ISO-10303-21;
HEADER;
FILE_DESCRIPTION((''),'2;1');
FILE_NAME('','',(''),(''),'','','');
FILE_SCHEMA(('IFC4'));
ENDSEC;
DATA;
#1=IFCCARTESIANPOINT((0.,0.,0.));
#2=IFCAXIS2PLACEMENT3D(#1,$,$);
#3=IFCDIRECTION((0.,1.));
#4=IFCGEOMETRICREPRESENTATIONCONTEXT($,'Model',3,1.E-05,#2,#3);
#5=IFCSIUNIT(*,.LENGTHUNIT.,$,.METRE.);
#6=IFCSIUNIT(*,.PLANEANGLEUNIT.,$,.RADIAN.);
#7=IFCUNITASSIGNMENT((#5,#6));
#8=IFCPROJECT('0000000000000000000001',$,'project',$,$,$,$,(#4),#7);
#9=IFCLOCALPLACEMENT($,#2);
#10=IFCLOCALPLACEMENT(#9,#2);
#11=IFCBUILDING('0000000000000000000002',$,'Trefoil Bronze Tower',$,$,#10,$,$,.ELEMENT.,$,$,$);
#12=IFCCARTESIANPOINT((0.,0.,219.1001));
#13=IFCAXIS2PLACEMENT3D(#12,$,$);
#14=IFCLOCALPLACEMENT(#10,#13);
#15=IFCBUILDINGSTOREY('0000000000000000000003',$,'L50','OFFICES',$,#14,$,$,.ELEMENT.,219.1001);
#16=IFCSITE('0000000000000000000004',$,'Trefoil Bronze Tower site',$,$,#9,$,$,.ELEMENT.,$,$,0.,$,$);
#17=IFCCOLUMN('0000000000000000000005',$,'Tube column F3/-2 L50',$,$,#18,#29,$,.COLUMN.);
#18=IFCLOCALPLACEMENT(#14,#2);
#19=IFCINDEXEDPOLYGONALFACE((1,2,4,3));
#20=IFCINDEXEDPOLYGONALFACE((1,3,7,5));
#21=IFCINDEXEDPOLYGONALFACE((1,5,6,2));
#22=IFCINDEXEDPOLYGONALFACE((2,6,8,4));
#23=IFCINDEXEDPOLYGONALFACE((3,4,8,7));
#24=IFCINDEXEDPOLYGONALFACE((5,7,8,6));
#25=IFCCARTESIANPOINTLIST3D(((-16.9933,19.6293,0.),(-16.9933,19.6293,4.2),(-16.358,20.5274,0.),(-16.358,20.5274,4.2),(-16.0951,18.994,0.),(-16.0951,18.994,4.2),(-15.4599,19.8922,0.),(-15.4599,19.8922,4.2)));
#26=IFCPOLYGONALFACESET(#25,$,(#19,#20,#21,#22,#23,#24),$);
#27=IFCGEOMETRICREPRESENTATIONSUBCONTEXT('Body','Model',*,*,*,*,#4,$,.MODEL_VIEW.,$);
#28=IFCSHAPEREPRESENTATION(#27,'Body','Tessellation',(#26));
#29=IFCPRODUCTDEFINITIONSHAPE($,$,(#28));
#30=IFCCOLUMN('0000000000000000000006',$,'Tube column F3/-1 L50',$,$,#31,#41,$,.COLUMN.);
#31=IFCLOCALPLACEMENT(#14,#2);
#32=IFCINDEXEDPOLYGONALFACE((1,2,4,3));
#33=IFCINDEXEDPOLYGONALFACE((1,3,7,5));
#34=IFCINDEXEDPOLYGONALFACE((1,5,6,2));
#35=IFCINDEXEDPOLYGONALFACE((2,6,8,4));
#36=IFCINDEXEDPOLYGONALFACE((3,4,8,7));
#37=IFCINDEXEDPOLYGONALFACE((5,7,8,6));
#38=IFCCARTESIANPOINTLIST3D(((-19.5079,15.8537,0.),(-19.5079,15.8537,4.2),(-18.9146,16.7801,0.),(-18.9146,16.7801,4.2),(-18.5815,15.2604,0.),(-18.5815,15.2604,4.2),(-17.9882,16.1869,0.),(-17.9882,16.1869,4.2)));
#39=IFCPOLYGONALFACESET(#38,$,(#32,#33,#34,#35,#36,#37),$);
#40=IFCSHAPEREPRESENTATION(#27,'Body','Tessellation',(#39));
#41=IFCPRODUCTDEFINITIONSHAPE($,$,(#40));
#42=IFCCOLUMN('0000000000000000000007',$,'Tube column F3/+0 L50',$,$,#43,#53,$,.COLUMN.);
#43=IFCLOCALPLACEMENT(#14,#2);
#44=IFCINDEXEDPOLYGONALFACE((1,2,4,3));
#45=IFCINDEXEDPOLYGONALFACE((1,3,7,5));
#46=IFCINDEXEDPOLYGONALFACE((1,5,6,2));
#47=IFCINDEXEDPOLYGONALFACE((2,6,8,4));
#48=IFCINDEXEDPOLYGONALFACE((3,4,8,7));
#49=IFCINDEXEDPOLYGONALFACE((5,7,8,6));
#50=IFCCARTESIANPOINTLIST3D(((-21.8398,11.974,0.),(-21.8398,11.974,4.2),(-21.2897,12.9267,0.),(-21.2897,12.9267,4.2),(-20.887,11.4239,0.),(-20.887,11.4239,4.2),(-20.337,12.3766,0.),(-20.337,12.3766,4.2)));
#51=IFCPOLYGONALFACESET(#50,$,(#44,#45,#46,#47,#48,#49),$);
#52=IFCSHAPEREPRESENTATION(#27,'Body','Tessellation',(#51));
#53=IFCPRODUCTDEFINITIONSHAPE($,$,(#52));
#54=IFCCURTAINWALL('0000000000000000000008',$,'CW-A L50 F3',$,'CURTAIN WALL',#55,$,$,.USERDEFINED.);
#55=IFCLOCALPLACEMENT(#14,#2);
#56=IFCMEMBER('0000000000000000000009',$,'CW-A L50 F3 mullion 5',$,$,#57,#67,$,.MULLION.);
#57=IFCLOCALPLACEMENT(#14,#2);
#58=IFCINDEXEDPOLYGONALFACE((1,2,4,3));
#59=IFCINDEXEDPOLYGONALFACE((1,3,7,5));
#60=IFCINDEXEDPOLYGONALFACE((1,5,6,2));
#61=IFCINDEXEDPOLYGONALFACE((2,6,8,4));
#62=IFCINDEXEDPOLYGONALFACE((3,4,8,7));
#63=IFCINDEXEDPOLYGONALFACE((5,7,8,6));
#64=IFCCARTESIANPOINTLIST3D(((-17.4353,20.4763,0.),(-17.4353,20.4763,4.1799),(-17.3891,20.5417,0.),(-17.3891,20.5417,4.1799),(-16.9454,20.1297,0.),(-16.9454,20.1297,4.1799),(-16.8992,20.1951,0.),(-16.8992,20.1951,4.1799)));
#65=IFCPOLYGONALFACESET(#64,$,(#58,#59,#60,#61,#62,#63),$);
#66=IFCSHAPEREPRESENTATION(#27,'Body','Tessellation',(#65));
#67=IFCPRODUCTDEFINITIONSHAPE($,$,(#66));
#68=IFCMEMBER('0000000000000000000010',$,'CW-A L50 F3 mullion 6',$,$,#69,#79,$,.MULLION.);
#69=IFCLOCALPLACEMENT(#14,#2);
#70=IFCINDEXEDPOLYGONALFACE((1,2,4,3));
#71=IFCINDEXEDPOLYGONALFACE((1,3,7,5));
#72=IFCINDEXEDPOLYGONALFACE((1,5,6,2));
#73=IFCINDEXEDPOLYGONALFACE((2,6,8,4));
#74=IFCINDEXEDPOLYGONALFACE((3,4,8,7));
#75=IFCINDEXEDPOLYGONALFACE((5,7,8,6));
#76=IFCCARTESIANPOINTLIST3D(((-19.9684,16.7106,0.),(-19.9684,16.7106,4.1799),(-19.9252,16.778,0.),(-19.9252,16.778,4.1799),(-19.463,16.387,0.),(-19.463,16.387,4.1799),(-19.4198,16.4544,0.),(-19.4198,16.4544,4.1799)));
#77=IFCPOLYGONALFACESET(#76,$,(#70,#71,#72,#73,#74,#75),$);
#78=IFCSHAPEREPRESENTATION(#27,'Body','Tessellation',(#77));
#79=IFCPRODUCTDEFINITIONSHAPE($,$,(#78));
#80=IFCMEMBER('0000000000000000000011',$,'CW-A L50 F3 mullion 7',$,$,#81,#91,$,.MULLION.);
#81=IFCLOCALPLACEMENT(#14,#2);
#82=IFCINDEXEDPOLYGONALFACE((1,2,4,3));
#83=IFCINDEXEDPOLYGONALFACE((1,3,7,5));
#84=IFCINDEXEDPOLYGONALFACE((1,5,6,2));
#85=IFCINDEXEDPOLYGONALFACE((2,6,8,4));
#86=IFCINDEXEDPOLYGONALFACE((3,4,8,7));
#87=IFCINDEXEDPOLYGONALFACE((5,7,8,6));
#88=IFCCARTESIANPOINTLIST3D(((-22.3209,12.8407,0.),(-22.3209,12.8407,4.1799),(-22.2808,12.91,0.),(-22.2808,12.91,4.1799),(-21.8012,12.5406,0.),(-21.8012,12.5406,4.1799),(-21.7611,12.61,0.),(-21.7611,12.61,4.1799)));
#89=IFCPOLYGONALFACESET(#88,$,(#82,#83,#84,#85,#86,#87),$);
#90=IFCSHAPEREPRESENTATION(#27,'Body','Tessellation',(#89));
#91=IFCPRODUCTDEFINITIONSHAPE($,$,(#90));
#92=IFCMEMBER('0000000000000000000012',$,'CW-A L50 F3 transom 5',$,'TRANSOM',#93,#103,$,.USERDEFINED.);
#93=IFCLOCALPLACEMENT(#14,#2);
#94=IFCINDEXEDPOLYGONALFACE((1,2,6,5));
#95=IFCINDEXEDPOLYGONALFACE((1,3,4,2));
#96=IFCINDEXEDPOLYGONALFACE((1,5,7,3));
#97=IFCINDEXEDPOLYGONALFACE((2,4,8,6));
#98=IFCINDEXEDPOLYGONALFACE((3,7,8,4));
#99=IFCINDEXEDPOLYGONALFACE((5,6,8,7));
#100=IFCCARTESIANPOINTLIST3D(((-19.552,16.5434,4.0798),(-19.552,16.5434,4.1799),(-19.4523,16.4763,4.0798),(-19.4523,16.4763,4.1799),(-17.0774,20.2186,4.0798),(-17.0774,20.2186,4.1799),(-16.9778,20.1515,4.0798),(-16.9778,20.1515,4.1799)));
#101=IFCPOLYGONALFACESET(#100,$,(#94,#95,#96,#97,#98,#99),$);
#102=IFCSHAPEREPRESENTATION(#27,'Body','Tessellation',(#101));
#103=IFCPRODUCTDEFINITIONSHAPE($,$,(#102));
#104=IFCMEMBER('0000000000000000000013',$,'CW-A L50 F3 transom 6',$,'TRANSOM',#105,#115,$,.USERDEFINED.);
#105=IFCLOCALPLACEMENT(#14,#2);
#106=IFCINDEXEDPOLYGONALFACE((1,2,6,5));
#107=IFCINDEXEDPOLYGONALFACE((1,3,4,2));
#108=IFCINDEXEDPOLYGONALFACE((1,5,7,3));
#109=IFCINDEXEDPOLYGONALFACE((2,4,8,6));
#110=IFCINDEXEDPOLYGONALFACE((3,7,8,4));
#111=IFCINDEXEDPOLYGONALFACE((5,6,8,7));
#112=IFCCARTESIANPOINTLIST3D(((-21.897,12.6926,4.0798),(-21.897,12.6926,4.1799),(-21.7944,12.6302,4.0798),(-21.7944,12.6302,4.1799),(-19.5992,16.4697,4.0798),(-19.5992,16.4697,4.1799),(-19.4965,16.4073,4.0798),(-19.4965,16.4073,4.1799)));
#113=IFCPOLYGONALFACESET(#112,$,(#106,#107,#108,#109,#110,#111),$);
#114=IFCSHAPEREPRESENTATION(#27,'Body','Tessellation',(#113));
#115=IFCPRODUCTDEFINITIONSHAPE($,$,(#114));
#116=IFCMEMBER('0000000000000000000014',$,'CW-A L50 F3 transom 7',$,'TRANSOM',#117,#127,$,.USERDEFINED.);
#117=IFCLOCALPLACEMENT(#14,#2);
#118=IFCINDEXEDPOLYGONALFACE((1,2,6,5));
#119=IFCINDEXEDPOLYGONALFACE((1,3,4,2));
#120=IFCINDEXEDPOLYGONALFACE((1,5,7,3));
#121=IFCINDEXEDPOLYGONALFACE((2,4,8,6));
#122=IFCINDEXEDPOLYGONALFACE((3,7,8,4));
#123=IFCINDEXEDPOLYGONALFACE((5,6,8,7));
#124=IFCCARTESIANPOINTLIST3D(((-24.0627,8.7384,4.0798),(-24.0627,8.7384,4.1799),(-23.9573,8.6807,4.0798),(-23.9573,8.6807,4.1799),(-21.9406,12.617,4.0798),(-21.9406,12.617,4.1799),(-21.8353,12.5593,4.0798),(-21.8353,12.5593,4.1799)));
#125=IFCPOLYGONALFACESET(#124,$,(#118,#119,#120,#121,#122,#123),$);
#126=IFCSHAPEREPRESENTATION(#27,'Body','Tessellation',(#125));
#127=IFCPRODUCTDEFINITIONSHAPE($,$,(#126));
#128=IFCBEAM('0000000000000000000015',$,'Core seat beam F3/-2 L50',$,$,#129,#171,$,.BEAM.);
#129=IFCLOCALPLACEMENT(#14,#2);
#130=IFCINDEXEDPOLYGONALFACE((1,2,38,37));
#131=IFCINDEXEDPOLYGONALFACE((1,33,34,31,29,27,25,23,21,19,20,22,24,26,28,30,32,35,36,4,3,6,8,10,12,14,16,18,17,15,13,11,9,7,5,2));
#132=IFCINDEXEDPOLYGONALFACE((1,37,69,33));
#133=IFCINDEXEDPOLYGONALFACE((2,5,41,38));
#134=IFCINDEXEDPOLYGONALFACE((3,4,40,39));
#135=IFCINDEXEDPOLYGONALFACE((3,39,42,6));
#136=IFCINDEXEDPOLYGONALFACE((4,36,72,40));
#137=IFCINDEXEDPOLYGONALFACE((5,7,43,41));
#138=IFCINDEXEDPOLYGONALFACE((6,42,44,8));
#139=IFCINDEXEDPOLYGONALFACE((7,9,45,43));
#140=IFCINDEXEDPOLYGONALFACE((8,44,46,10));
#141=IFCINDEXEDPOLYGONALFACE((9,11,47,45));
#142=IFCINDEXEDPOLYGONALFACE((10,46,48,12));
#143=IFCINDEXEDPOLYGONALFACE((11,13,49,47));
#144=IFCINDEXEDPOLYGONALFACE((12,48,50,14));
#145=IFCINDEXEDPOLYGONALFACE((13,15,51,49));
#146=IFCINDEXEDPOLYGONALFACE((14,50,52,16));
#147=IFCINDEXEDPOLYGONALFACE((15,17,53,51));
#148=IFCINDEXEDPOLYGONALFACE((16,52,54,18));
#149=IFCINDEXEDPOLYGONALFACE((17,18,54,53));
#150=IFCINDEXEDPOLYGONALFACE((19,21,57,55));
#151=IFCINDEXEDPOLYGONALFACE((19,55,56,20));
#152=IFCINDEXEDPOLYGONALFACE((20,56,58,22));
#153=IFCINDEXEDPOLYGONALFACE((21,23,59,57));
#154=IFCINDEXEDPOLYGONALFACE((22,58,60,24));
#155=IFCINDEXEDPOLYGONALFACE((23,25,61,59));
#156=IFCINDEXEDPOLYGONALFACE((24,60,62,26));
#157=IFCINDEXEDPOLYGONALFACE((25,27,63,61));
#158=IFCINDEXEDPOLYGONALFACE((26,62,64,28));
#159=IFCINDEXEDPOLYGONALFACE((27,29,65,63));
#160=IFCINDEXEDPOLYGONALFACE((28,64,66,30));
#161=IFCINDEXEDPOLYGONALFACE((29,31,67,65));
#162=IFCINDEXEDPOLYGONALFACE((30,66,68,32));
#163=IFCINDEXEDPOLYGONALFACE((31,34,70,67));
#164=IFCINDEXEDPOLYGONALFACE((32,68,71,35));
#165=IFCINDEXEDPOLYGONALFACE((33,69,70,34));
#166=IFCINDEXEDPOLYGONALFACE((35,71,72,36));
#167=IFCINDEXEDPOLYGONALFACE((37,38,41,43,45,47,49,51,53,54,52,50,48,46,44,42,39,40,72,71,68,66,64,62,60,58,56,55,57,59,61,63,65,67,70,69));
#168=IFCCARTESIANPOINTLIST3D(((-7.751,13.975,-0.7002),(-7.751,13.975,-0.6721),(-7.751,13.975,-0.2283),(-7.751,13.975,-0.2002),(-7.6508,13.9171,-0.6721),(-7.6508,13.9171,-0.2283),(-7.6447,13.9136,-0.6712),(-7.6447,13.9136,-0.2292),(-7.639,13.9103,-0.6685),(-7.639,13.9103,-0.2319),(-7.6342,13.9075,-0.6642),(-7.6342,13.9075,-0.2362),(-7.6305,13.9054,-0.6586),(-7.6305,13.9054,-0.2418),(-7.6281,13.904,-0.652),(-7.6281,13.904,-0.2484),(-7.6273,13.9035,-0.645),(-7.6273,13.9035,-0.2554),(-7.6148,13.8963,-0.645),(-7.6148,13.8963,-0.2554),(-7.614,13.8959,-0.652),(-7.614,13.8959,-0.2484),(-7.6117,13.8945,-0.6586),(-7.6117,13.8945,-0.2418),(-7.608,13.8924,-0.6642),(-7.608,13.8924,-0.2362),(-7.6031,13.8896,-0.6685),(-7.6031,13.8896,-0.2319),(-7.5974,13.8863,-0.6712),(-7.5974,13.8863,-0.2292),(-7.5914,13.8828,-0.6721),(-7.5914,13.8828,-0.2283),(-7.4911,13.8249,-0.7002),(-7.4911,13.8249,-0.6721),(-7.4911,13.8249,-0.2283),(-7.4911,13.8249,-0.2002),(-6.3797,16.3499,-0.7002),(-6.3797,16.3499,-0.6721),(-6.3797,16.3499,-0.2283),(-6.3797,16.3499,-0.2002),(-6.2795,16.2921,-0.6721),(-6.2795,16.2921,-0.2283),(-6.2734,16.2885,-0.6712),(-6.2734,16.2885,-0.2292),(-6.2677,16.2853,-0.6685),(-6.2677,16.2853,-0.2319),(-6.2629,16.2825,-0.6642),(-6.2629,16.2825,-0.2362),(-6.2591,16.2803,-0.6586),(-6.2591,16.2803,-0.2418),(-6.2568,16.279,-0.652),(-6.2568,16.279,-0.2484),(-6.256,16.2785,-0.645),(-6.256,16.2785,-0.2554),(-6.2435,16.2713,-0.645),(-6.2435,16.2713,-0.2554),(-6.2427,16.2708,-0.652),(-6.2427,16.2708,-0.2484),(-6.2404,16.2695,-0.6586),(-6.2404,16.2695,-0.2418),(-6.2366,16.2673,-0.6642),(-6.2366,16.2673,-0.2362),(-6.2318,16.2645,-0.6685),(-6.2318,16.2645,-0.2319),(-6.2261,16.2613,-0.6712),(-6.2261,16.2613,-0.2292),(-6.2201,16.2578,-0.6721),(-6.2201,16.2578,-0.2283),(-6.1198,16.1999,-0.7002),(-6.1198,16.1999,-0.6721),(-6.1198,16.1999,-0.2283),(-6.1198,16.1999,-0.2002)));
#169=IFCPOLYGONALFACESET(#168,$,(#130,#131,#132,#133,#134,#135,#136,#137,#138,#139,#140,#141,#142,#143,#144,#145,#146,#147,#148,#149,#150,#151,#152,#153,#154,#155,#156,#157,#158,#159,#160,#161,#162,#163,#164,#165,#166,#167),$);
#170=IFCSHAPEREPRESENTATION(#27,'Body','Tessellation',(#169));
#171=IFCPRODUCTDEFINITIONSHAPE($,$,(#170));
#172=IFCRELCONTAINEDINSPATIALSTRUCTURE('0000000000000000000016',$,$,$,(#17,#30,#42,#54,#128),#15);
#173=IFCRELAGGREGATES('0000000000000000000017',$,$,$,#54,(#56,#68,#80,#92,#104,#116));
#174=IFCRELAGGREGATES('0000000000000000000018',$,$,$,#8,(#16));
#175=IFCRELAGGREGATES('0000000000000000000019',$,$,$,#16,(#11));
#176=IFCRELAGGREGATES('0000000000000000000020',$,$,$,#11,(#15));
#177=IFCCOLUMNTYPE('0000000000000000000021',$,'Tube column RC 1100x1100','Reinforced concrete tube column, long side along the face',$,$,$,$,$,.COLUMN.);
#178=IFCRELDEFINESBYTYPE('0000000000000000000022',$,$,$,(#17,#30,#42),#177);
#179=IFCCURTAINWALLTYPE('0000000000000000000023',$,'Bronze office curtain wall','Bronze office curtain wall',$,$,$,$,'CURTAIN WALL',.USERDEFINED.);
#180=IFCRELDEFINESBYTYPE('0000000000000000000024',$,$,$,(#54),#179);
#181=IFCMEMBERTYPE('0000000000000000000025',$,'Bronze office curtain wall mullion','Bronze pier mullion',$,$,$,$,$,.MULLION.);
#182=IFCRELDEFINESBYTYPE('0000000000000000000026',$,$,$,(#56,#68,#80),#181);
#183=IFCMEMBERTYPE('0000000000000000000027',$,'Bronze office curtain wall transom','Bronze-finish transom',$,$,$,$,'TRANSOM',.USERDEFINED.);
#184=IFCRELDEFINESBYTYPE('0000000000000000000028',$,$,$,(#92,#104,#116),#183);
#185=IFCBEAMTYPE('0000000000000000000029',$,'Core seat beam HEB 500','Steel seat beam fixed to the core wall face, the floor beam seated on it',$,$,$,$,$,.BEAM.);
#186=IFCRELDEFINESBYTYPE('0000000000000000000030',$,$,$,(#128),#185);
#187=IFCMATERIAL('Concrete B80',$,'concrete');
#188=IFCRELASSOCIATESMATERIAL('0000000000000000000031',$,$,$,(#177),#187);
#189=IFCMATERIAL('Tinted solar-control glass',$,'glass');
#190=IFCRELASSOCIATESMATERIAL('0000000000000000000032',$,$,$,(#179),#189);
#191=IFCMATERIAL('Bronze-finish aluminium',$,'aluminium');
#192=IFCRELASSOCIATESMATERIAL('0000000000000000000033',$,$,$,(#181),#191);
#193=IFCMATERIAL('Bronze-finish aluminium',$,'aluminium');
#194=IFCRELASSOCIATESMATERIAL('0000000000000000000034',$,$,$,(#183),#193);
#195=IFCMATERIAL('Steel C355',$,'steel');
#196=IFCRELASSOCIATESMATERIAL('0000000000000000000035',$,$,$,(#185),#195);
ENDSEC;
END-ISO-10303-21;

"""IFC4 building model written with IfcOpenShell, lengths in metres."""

from ifc_helpers import new_model, si_unit, direction, frame, origin, origin_2d, place, context, subcontext, project, spatial, rectangle, i_section, extrude, material, material_profile, profile_set, type_object, element, aggregate, save


model = new_model("IFC4")

# Units and contexts
model_context = context("Model", 3, precision=1e-05, world=origin(), true_north=direction((0.0, 1.0)))
body_context = subcontext(model_context, "Body", "Model", "MODEL_VIEW")
ifc_project = project(units=[si_unit("LENGTHUNIT", "METRE"), si_unit("PLANEANGLEUNIT", "RADIAN")], contexts=[model_context])

# Site, building, storey
site_placement = place(None, origin())
site = spatial("IfcSite", under=ifc_project, at=site_placement, Name="Trefoil Bronze Tower site", CompositionType="ELEMENT", RefElevation=0.0)
building_placement = place(site_placement, origin())
building = spatial("IfcBuilding", under=site, at=building_placement, Name="Trefoil Bronze Tower", CompositionType="ELEMENT")
storey_placement = place(building_placement, frame((0.0, 0.0, 219.1001)))
storey = spatial("IfcBuildingStorey", under=building, at=storey_placement, Name="L50", Description="OFFICES", CompositionType="ELEMENT", Elevation=219.1001)

# Columns
ifc_material_1 = material(Name="Concrete B80", Category="concrete")
ifc_material_profile_1 = material_profile(ifc_material_1, rectangle(XDim=1.1001, YDim=1.1001, at=origin_2d()), Name="RC 1100x1100")
ifc_profile_set_1 = profile_set([ifc_material_profile_1], Name="Concrete B80")
column_type = type_object("IfcColumnType", Name="Tube column RC 1100x1100", Description="Reinforced concrete tube column, long side along the face", PredefinedType="COLUMN", material=ifc_profile_set_1)
for number, where, z_axis, x_axis, name in (
    (1, (-16.2266, 19.7607, 0.0), (0.0, 0.0, 1.0), (-0.577481, -0.816404, 0.0), "Tube column F3/-2 L50"),
    (2, (-18.748, 16.0203, 0.0), (0.0, 0.0, 1.0), (-0.53927, -0.842133, 0.0), "Tube column F3/-1 L50"),
    (3, (-21.0884, 12.1753, 0.0), (0.0, 0.0, 1.0), (-0.5, -0.866025, 0.0), "Tube column F3/+0 L50"),
):
    element("IfcColumn", number, at=place(storey_placement, frame(where, z_axis=z_axis, x_axis=x_axis)), inside=storey, type_object=column_type, Name=name, PredefinedType="COLUMN", context=body_context, shape_type="SweptSolid", body=[
        extrude(rectangle(XDim=1.1001, YDim=1.1001, at=origin_2d()), origin(), (0.0, 0.0, 1.0), 4.2),
    ])

# Curtain wall, members
ifc_material_2 = material(Name="Tinted solar-control glass", Category="glass")
curtain_wall_type = type_object("IfcCurtainWallType", Name="Bronze office curtain wall", Description="Bronze office curtain wall", ElementType="CURTAIN WALL", PredefinedType="USERDEFINED", material=ifc_material_2)
curtain_wall_placement = place(storey_placement, origin())
curtain_wall = element("IfcCurtainWall", 4, at=curtain_wall_placement, inside=storey, type_object=curtain_wall_type, Name="CW-A L50 F3", ObjectType="CURTAIN WALL", PredefinedType="USERDEFINED")
ifc_material_3 = material(Name="Bronze-finish aluminium", Category="aluminium")
ifc_material_profile_2 = material_profile(ifc_material_3, rectangle(XDim=0.6001, YDim=0.0801, at=origin_2d()), Name="CW-A mullion")
ifc_profile_set_2 = profile_set([ifc_material_profile_2], Name="Bronze-finish aluminium")
member_type_1 = type_object("IfcMemberType", Name="Bronze office curtain wall mullion", Description="Bronze pier mullion", PredefinedType="MULLION", material=ifc_profile_set_2)
member_1_placement = place(storey_placement, frame((-17.1672, 20.3357, 0.0), z_axis=(0.0, 0.0, 1.0), x_axis=(0.816404, -0.577481, 0.0)))
member_1 = element("IfcMember", 5, at=member_1_placement, type_object=member_type_1, Name="CW-A L50 F3 mullion 5", PredefinedType="MULLION", context=body_context, shape_type="SweptSolid", body=[
    extrude(rectangle(XDim=0.6001, YDim=0.0801, at=origin_2d()), origin(), (0.0, 0.0, 1.0), 4.1799),
])
member_2_placement = place(storey_placement, frame((-19.6941, 16.5825, 0.0), z_axis=(0.0, 0.0, 1.0), x_axis=(0.842133, -0.53927, 0.0)))
member_2 = element("IfcMember", 6, at=member_2_placement, type_object=member_type_1, Name="CW-A L50 F3 mullion 6", PredefinedType="MULLION", context=body_context, shape_type="SweptSolid", body=[
    extrude(rectangle(XDim=0.6001, YDim=0.0801, at=origin_2d()), origin(), (0.0, 0.0, 1.0), 4.1799),
])
member_3_placement = place(storey_placement, frame((-22.041, 12.7253, 0.0), z_axis=(0.0, 0.0, 1.0), x_axis=(0.866025, -0.5, 0.0)))
member_3 = element("IfcMember", 7, at=member_3_placement, type_object=member_type_1, Name="CW-A L50 F3 mullion 7", PredefinedType="MULLION", context=body_context, shape_type="SweptSolid", body=[
    extrude(rectangle(XDim=0.6001, YDim=0.0801, at=origin_2d()), origin(), (0.0, 0.0, 1.0), 4.1799),
])
ifc_material_4 = material(Name="Bronze-finish aluminium", Category="aluminium")
ifc_material_profile_3 = material_profile(ifc_material_4, rectangle(XDim=0.1201, YDim=0.1001, at=origin_2d()), Name="CW-A transom")
ifc_profile_set_3 = profile_set([ifc_material_profile_3], Name="Bronze-finish aluminium")
member_type_2 = type_object("IfcMemberType", Name="Bronze office curtain wall transom", Description="Bronze-finish transom", ElementType="TRANSOM", PredefinedType="USERDEFINED", material=ifc_profile_set_3)
member_4_placement = place(storey_placement, frame((-17.0276, 20.1851, 4.1299), z_axis=(-0.558509, -0.829498, 0.0), x_axis=(0.829498, -0.558509, 0.0)))
member_4 = element("IfcMember", 8, at=member_4_placement, type_object=member_type_2, Name="CW-A L50 F3 transom 5", ObjectType="TRANSOM", PredefinedType="USERDEFINED", context=body_context, shape_type="SweptSolid", body=[
    extrude(rectangle(XDim=0.1201, YDim=0.1001, at=origin_2d()), origin(), (0.0, 0.0, 1.0), 4.4307),
])
member_5_placement = place(storey_placement, frame((-19.5479, 16.4385, 4.1299), z_axis=(-0.51974, -0.854324, 0.0), x_axis=(0.854324, -0.51974, 0.0)))
member_5 = element("IfcMember", 9, at=member_5_placement, type_object=member_type_2, Name="CW-A L50 F3 transom 6", ObjectType="TRANSOM", PredefinedType="USERDEFINED", context=body_context, shape_type="SweptSolid", body=[
    extrude(rectangle(XDim=0.1201, YDim=0.1001, at=origin_2d()), origin(), (0.0, 0.0, 1.0), 4.4211),
])
member_6_placement = place(storey_placement, frame((-21.8879, 12.5881, 4.1299), z_axis=(-0.479974, -0.877283, 0.0), x_axis=(0.877283, -0.479974, 0.0)))
member_6 = element("IfcMember", 10, at=member_6_placement, type_object=member_type_2, Name="CW-A L50 F3 transom 7", ObjectType="TRANSOM", PredefinedType="USERDEFINED", context=body_context, shape_type="SweptSolid", body=[
    extrude(rectangle(XDim=0.1201, YDim=0.1001, at=origin_2d()), origin(), (0.0, 0.0, 1.0), 4.4211),
])

# Beam
ifc_material_5 = material(Name="Steel C355", Category="steel")
ifc_material_profile_4 = material_profile(ifc_material_5, i_section(OverallWidth=0.3, OverallDepth=0.5, WebThickness=0.0144, FlangeThickness=0.0281, FilletRadius=0.0271, at=origin_2d()), Name="HEB 500")
ifc_profile_set_4 = profile_set([ifc_material_profile_4], Name="Steel C355")
beam_type_1 = type_object("IfcBeamType", Name="Core seat beam HEB 500", Description="Steel seat beam fixed to the core wall face, the floor beam seated on it", PredefinedType="BEAM", material=ifc_profile_set_4)
for number, where, z_axis, x_axis, name in (
    (11, (-6.2498, 16.2749, -0.4502), (-0.500036, -0.866005, 0.0), (0.866005, -0.500036, 0.0), "Core seat beam F3/-2 L50"),
):
    element("IfcBeam", number, at=place(storey_placement, frame(where, z_axis=z_axis, x_axis=x_axis)), inside=storey, type_object=beam_type_1, Name=name, PredefinedType="BEAM", context=body_context, shape_type="SweptSolid", body=[
        extrude(i_section(OverallWidth=0.3, OverallDepth=0.5, WebThickness=0.0144, FlangeThickness=0.0281, FilletRadius=0.0271, at=origin_2d()), origin(), (0.0, 0.0, 1.0), 2.7424),
    ])

aggregate(curtain_wall, [member_1, member_2, member_3, member_4, member_5, member_6])

save(model, "model.ifc")
